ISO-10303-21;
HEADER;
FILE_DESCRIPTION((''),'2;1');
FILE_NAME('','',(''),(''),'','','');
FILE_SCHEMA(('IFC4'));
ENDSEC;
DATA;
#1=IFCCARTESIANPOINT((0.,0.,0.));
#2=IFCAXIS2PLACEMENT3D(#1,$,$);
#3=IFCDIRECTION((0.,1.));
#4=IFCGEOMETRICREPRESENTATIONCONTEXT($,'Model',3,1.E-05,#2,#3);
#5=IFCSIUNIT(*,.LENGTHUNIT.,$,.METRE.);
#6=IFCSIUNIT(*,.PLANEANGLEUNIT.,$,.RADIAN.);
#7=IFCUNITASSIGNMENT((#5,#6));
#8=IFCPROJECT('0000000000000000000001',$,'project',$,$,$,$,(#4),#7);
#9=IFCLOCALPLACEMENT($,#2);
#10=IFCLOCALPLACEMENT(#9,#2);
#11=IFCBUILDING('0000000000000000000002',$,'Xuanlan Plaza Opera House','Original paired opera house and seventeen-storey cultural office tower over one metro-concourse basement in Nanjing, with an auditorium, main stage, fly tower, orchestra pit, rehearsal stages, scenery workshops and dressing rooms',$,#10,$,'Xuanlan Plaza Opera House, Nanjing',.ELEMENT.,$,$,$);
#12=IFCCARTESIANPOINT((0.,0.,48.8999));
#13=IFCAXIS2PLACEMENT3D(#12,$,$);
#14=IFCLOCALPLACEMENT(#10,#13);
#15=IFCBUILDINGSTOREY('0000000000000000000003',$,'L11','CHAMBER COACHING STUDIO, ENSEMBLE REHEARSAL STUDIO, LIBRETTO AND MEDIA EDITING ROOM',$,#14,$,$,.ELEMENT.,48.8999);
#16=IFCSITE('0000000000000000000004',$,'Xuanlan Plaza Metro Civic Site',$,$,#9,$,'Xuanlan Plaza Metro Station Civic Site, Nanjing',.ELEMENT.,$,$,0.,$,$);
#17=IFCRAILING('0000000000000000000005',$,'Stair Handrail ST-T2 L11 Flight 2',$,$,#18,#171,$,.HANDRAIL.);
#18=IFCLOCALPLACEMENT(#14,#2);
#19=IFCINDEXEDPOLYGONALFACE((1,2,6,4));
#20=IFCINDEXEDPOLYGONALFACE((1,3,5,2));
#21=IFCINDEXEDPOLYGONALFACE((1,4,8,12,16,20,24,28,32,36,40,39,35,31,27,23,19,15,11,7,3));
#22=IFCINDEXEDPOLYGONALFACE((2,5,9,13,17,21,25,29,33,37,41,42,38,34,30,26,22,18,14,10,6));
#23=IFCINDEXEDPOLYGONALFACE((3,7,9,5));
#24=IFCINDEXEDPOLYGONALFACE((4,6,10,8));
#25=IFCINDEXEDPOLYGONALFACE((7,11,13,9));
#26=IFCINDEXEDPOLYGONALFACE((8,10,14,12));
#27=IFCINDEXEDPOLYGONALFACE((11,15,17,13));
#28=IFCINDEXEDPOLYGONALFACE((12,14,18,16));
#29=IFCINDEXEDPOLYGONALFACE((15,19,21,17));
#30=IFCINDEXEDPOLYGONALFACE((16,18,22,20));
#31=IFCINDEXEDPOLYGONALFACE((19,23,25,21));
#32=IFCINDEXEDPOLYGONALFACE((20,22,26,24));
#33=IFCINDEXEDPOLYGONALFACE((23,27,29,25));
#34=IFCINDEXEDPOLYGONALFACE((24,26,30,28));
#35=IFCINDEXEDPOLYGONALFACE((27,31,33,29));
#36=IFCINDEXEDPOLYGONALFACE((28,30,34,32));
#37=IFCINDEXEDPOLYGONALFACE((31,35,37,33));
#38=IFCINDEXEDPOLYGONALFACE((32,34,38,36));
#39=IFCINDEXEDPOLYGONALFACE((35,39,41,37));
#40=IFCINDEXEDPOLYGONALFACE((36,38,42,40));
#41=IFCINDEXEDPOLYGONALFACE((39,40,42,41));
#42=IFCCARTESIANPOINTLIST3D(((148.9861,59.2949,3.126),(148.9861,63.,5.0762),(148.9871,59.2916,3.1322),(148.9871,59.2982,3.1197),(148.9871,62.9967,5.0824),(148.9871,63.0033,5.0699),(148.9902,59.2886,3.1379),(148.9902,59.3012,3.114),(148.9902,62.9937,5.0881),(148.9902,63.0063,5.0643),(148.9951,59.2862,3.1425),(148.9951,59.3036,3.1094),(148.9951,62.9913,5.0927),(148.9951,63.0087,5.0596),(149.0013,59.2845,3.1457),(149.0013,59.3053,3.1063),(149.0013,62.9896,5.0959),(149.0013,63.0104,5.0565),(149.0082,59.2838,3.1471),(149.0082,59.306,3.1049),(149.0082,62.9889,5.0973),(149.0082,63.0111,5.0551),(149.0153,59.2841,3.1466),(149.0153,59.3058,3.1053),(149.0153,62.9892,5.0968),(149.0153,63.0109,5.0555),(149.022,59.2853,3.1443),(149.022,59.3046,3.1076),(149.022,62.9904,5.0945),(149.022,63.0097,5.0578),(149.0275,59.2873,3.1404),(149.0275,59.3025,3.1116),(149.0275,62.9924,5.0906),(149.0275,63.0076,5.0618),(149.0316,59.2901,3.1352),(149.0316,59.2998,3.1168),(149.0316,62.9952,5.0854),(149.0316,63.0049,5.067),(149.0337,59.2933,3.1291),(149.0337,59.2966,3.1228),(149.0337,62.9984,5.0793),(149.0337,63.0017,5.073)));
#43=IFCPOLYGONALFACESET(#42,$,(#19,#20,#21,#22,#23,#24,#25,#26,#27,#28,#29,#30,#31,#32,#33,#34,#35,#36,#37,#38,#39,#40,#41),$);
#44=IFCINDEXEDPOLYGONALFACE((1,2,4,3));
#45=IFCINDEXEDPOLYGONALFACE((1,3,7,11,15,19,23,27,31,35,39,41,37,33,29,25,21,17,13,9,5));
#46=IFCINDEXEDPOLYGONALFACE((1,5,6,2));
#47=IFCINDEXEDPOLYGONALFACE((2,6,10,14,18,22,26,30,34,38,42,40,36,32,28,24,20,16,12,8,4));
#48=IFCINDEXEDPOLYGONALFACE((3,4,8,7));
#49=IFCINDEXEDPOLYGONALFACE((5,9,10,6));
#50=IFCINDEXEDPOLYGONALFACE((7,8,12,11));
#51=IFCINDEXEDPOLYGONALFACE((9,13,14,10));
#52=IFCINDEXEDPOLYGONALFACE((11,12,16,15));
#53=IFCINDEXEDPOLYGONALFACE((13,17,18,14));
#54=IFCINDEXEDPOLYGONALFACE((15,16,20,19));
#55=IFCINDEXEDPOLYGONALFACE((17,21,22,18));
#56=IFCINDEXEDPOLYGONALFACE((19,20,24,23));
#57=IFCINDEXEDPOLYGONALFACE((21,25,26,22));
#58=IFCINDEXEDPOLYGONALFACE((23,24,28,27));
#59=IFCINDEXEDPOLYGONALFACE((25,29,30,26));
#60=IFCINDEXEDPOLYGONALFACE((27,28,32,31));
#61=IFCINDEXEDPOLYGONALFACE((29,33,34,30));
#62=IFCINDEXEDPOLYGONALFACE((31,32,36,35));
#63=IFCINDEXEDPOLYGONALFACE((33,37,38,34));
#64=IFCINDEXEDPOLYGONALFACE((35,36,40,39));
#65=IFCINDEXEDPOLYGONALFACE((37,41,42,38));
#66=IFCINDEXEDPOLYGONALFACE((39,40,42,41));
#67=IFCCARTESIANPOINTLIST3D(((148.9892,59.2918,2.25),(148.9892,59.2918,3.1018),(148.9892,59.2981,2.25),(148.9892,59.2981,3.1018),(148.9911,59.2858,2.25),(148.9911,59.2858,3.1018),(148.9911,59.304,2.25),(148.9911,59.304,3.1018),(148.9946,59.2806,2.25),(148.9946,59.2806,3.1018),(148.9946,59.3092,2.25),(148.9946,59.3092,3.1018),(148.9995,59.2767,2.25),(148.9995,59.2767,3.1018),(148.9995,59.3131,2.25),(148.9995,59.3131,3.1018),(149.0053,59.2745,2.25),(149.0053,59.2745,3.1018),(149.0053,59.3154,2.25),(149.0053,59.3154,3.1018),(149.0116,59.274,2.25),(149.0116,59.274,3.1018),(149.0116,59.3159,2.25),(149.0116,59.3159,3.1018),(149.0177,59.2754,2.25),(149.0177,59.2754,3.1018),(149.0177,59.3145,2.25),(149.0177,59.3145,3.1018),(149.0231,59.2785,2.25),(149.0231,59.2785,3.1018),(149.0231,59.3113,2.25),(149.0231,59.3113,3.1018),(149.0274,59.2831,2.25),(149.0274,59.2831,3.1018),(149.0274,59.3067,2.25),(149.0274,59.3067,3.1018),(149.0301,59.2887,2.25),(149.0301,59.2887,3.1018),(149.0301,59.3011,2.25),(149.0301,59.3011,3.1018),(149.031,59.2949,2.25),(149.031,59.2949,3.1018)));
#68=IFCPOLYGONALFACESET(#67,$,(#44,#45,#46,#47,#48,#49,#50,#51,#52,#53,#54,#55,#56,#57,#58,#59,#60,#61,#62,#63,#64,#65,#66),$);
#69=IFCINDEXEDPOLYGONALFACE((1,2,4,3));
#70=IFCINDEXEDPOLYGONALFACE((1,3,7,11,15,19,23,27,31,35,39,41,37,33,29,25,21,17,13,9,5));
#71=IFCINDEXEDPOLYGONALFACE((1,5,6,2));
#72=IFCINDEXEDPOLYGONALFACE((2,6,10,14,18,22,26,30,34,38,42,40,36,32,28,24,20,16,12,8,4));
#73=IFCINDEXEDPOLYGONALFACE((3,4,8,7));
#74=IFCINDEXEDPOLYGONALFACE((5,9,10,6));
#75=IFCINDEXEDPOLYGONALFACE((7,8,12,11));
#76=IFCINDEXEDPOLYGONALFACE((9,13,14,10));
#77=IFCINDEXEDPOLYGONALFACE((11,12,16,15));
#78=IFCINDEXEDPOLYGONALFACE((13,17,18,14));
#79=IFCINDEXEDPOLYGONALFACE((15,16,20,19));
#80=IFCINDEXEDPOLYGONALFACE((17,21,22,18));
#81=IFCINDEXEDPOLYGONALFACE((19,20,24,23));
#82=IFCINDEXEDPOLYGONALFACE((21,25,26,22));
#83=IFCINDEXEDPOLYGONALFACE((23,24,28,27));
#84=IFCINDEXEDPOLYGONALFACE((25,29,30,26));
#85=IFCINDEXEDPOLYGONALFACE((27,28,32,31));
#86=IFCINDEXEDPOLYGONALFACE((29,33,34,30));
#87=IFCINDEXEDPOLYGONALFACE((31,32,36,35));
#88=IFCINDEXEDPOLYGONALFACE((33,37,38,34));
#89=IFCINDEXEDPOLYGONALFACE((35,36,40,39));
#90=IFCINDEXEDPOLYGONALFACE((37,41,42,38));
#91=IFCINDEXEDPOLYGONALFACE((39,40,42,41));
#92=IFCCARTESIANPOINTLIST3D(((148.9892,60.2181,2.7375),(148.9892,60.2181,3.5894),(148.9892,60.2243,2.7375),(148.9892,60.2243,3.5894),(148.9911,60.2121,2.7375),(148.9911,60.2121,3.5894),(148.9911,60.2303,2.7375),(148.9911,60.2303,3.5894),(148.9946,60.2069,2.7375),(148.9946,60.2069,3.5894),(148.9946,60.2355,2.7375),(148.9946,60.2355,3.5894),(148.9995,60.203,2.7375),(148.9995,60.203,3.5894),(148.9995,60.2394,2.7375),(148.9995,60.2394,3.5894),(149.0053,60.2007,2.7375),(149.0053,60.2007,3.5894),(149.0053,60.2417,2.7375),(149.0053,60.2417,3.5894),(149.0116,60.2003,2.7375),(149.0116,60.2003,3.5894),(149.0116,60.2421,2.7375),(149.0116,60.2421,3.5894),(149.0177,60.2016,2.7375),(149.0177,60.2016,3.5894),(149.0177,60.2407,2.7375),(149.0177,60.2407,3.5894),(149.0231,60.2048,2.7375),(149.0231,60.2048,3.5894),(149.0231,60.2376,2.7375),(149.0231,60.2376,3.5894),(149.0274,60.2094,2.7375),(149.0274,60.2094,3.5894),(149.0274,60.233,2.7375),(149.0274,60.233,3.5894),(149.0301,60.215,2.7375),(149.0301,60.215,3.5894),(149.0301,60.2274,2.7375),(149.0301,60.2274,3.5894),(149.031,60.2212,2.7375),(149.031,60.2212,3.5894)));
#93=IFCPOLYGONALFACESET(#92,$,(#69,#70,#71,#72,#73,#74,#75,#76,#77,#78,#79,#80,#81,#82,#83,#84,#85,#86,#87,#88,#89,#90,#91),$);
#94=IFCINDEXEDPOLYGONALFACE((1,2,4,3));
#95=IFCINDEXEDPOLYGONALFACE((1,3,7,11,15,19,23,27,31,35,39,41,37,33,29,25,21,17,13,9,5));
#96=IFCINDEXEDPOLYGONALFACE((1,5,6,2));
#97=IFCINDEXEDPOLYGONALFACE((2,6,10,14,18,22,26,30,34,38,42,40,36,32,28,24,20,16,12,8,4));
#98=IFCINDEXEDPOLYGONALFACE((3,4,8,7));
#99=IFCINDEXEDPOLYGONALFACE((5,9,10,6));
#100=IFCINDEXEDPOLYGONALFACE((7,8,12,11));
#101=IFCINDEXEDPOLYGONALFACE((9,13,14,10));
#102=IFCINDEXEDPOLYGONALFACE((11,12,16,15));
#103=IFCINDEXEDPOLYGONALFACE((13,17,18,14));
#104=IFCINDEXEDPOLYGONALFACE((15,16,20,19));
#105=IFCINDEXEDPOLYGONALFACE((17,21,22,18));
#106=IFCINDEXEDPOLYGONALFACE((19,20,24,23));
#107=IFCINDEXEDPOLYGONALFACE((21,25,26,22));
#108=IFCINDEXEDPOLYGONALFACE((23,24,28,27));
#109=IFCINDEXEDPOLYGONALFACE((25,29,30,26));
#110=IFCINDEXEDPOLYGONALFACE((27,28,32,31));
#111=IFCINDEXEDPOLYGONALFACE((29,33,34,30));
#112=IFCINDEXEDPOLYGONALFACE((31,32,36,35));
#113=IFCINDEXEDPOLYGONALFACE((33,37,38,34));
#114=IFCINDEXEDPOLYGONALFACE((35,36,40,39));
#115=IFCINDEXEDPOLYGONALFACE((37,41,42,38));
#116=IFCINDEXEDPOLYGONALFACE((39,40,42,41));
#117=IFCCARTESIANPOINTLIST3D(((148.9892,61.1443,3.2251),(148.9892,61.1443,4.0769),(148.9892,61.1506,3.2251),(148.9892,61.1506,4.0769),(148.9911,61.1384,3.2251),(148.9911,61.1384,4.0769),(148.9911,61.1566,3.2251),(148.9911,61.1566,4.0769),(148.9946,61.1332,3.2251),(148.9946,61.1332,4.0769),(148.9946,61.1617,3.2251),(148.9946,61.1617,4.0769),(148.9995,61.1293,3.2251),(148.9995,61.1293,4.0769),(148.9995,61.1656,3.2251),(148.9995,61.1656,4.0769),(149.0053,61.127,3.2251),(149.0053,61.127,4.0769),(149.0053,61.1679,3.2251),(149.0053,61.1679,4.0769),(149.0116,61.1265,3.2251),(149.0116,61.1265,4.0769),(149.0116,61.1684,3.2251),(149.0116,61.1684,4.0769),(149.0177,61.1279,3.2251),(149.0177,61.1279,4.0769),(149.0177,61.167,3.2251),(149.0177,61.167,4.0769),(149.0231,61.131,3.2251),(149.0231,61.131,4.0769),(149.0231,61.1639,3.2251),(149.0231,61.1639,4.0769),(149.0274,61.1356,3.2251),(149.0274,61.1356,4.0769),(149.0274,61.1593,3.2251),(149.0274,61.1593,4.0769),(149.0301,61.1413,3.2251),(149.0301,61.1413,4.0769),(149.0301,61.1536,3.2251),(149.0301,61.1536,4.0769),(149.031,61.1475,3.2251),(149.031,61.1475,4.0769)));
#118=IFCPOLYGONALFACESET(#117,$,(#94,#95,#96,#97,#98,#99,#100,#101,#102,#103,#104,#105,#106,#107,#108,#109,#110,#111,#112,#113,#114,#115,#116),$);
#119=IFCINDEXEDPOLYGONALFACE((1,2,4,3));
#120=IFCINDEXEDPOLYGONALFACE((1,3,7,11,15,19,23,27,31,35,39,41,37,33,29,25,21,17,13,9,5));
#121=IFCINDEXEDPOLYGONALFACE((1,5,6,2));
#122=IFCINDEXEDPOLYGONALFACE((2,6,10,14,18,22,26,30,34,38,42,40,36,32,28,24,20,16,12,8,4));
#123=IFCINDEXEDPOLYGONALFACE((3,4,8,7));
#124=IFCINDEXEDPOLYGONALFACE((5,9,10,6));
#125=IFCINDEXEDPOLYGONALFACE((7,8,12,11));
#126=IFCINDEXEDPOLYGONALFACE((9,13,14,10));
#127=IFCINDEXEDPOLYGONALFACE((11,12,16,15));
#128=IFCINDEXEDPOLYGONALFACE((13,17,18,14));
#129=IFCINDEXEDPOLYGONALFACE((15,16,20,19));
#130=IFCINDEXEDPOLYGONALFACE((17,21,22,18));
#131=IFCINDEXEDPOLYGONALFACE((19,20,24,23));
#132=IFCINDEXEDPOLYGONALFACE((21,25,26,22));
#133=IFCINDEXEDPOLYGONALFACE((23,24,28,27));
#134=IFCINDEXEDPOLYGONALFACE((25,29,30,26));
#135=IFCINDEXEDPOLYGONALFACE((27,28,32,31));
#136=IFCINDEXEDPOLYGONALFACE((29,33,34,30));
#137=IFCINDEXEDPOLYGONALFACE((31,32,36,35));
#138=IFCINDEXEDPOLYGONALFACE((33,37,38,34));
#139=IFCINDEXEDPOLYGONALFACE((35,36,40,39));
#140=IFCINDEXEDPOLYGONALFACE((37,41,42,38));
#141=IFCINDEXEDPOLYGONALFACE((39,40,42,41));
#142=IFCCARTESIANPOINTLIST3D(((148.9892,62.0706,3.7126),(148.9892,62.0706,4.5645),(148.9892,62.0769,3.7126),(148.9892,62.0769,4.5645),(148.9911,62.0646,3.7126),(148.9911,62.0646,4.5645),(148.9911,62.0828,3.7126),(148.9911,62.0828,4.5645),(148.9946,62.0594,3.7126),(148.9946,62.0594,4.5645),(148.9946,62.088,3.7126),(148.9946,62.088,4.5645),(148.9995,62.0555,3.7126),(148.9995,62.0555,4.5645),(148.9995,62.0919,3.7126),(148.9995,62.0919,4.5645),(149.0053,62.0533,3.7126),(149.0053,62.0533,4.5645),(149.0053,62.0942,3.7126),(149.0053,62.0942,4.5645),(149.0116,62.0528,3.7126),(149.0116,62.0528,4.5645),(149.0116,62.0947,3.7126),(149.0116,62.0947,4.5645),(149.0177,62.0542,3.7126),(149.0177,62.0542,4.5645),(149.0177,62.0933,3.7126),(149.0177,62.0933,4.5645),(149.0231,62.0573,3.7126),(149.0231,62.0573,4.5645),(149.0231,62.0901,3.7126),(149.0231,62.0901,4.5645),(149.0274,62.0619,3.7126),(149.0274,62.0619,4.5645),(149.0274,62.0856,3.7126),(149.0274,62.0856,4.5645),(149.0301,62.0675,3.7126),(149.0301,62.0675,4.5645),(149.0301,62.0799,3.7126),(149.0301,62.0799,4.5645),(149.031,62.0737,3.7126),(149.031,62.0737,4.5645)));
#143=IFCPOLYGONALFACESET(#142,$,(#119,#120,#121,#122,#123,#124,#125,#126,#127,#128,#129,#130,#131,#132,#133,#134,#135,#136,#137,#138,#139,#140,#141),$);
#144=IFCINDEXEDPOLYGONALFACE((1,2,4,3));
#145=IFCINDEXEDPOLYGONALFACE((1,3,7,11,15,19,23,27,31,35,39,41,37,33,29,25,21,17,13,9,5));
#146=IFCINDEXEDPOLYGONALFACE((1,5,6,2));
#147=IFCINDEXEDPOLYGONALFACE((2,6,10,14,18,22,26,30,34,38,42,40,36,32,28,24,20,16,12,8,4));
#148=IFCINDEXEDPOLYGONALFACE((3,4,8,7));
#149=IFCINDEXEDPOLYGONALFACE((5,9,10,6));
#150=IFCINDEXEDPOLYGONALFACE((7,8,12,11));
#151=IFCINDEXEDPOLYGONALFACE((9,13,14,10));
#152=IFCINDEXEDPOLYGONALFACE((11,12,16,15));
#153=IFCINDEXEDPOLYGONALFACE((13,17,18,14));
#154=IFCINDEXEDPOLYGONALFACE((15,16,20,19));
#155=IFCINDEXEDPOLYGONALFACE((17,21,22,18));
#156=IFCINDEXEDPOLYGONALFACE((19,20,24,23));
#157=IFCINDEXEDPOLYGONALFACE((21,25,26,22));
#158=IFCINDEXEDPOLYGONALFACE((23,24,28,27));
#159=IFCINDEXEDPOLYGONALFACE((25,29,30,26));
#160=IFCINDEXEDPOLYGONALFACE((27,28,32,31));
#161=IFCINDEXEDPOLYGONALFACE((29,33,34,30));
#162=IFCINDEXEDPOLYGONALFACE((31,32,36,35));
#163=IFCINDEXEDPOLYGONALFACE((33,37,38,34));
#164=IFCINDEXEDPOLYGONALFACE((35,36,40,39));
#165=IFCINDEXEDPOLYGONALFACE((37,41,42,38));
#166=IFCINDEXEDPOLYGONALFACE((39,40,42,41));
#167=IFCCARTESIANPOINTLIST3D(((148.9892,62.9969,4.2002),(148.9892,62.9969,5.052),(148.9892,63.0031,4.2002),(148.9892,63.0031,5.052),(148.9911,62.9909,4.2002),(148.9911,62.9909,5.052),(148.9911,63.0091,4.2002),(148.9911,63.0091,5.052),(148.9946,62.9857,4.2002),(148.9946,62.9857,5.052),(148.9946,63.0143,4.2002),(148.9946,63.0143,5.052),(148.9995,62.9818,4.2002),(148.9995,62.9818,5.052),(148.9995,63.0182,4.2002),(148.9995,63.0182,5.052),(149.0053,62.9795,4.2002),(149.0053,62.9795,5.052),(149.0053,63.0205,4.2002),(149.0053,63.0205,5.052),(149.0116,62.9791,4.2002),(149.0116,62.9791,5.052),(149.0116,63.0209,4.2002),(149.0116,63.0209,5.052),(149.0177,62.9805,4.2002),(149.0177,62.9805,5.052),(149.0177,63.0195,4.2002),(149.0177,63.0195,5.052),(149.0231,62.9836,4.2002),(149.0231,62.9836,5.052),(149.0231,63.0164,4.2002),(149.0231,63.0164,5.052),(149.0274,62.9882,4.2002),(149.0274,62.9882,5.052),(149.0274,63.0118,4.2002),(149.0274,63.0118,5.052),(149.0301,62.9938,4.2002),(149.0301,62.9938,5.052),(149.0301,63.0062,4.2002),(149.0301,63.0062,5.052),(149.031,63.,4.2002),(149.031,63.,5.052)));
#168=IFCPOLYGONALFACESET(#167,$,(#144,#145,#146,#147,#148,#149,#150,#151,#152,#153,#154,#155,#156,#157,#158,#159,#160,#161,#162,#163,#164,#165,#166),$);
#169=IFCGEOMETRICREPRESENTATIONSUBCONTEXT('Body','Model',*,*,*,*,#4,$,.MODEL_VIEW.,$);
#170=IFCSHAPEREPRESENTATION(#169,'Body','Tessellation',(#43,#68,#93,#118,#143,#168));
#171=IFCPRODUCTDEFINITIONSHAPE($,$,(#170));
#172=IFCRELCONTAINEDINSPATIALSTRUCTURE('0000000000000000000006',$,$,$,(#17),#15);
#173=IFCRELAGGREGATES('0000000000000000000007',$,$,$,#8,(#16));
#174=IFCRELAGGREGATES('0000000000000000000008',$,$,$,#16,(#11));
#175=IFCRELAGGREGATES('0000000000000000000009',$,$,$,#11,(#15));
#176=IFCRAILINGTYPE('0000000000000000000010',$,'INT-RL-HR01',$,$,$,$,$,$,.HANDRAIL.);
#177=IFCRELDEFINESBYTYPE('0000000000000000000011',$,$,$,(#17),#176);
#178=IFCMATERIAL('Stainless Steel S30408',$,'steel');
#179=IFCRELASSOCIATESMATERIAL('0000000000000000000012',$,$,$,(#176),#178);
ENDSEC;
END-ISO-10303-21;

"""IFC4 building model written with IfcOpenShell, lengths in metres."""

from ifc_helpers import new_model, si_unit, direction, frame, origin, origin_2d, place, context, subcontext, project, spatial, circle, extrude, material, type_object, element, save


model = new_model("IFC4")

# Units and contexts
model_context = context("Model", 3, precision=1e-05, world=origin(), true_north=direction((0.0, 1.0)))
body_context = subcontext(model_context, "Body", "Model", "MODEL_VIEW")
ifc_project = project(units=[si_unit("LENGTHUNIT", "METRE"), si_unit("PLANEANGLEUNIT", "RADIAN")], contexts=[model_context])

# Site, building, storey
site_placement = place(None, origin())
site = spatial("IfcSite", under=ifc_project, at=site_placement, Name="Xuanlan Plaza Metro Civic Site", LongName="Xuanlan Plaza Metro Station Civic Site, Nanjing", CompositionType="ELEMENT", RefElevation=0.0)
building_placement = place(site_placement, origin())
building = spatial("IfcBuilding", under=site, at=building_placement, Name="Xuanlan Plaza Opera House", Description="Original paired opera house and seventeen-storey cultural office tower over one metro-concourse basement in Nanjing, with an auditorium, main stage, fly tower, orchestra pit, rehearsal stages, scenery workshops and dressing rooms", LongName="Xuanlan Plaza Opera House, Nanjing", CompositionType="ELEMENT")
storey_placement = place(building_placement, frame((0.0, 0.0, 48.8999)))
storey = spatial("IfcBuildingStorey", under=building, at=storey_placement, Name="L11", Description="CHAMBER COACHING STUDIO, ENSEMBLE REHEARSAL STUDIO, LIBRETTO AND MEDIA EDITING ROOM", CompositionType="ELEMENT", Elevation=48.8999)

# Shared definitions
ifc_material_1 = material(Name="Stainless Steel S30408", Category="steel")

# Railing
railing_type = type_object("IfcRailingType", Name="INT-RL-HR01", PredefinedType="HANDRAIL", material=ifc_material_1)
railing_placement = place(storey_placement, frame((149.01, 59.2949, 2.25)))
element("IfcRailing", 1, at=railing_placement, inside=storey, type_object=railing_type, Name="Stair Handrail ST-T2 L11 Flight 2", PredefinedType="HANDRAIL", context=body_context, shape_type="SweptSolid", body=[
    extrude(circle(Radius=0.0239, at=origin_2d()), frame((0.0, 0.0, 0.876), z_axis=(0.0, 0.884903, 0.465775), x_axis=(-1.0, 0.0, 0.0)), (0.0, 0.0, 1.0), 4.187),
    extrude(circle(Radius=0.021, at=origin_2d()), origin(), (0.0, 0.0, 1.0), 0.8518),
    extrude(circle(Radius=0.021, at=origin_2d()), frame((0.0, 0.9263, 0.4875)), (0.0, 0.0, 1.0), 0.8518),
    extrude(circle(Radius=0.021, at=origin_2d()), frame((0.0, 1.8525, 0.9751)), (0.0, 0.0, 1.0), 0.8518),
    extrude(circle(Radius=0.021, at=origin_2d()), frame((0.0, 2.7788, 1.4626)), (0.0, 0.0, 1.0), 0.8518),
    extrude(circle(Radius=0.021, at=origin_2d()), frame((0.0, 3.7051, 1.9502)), (0.0, 0.0, 1.0), 0.8518),
])

save(model, "model.ifc")
